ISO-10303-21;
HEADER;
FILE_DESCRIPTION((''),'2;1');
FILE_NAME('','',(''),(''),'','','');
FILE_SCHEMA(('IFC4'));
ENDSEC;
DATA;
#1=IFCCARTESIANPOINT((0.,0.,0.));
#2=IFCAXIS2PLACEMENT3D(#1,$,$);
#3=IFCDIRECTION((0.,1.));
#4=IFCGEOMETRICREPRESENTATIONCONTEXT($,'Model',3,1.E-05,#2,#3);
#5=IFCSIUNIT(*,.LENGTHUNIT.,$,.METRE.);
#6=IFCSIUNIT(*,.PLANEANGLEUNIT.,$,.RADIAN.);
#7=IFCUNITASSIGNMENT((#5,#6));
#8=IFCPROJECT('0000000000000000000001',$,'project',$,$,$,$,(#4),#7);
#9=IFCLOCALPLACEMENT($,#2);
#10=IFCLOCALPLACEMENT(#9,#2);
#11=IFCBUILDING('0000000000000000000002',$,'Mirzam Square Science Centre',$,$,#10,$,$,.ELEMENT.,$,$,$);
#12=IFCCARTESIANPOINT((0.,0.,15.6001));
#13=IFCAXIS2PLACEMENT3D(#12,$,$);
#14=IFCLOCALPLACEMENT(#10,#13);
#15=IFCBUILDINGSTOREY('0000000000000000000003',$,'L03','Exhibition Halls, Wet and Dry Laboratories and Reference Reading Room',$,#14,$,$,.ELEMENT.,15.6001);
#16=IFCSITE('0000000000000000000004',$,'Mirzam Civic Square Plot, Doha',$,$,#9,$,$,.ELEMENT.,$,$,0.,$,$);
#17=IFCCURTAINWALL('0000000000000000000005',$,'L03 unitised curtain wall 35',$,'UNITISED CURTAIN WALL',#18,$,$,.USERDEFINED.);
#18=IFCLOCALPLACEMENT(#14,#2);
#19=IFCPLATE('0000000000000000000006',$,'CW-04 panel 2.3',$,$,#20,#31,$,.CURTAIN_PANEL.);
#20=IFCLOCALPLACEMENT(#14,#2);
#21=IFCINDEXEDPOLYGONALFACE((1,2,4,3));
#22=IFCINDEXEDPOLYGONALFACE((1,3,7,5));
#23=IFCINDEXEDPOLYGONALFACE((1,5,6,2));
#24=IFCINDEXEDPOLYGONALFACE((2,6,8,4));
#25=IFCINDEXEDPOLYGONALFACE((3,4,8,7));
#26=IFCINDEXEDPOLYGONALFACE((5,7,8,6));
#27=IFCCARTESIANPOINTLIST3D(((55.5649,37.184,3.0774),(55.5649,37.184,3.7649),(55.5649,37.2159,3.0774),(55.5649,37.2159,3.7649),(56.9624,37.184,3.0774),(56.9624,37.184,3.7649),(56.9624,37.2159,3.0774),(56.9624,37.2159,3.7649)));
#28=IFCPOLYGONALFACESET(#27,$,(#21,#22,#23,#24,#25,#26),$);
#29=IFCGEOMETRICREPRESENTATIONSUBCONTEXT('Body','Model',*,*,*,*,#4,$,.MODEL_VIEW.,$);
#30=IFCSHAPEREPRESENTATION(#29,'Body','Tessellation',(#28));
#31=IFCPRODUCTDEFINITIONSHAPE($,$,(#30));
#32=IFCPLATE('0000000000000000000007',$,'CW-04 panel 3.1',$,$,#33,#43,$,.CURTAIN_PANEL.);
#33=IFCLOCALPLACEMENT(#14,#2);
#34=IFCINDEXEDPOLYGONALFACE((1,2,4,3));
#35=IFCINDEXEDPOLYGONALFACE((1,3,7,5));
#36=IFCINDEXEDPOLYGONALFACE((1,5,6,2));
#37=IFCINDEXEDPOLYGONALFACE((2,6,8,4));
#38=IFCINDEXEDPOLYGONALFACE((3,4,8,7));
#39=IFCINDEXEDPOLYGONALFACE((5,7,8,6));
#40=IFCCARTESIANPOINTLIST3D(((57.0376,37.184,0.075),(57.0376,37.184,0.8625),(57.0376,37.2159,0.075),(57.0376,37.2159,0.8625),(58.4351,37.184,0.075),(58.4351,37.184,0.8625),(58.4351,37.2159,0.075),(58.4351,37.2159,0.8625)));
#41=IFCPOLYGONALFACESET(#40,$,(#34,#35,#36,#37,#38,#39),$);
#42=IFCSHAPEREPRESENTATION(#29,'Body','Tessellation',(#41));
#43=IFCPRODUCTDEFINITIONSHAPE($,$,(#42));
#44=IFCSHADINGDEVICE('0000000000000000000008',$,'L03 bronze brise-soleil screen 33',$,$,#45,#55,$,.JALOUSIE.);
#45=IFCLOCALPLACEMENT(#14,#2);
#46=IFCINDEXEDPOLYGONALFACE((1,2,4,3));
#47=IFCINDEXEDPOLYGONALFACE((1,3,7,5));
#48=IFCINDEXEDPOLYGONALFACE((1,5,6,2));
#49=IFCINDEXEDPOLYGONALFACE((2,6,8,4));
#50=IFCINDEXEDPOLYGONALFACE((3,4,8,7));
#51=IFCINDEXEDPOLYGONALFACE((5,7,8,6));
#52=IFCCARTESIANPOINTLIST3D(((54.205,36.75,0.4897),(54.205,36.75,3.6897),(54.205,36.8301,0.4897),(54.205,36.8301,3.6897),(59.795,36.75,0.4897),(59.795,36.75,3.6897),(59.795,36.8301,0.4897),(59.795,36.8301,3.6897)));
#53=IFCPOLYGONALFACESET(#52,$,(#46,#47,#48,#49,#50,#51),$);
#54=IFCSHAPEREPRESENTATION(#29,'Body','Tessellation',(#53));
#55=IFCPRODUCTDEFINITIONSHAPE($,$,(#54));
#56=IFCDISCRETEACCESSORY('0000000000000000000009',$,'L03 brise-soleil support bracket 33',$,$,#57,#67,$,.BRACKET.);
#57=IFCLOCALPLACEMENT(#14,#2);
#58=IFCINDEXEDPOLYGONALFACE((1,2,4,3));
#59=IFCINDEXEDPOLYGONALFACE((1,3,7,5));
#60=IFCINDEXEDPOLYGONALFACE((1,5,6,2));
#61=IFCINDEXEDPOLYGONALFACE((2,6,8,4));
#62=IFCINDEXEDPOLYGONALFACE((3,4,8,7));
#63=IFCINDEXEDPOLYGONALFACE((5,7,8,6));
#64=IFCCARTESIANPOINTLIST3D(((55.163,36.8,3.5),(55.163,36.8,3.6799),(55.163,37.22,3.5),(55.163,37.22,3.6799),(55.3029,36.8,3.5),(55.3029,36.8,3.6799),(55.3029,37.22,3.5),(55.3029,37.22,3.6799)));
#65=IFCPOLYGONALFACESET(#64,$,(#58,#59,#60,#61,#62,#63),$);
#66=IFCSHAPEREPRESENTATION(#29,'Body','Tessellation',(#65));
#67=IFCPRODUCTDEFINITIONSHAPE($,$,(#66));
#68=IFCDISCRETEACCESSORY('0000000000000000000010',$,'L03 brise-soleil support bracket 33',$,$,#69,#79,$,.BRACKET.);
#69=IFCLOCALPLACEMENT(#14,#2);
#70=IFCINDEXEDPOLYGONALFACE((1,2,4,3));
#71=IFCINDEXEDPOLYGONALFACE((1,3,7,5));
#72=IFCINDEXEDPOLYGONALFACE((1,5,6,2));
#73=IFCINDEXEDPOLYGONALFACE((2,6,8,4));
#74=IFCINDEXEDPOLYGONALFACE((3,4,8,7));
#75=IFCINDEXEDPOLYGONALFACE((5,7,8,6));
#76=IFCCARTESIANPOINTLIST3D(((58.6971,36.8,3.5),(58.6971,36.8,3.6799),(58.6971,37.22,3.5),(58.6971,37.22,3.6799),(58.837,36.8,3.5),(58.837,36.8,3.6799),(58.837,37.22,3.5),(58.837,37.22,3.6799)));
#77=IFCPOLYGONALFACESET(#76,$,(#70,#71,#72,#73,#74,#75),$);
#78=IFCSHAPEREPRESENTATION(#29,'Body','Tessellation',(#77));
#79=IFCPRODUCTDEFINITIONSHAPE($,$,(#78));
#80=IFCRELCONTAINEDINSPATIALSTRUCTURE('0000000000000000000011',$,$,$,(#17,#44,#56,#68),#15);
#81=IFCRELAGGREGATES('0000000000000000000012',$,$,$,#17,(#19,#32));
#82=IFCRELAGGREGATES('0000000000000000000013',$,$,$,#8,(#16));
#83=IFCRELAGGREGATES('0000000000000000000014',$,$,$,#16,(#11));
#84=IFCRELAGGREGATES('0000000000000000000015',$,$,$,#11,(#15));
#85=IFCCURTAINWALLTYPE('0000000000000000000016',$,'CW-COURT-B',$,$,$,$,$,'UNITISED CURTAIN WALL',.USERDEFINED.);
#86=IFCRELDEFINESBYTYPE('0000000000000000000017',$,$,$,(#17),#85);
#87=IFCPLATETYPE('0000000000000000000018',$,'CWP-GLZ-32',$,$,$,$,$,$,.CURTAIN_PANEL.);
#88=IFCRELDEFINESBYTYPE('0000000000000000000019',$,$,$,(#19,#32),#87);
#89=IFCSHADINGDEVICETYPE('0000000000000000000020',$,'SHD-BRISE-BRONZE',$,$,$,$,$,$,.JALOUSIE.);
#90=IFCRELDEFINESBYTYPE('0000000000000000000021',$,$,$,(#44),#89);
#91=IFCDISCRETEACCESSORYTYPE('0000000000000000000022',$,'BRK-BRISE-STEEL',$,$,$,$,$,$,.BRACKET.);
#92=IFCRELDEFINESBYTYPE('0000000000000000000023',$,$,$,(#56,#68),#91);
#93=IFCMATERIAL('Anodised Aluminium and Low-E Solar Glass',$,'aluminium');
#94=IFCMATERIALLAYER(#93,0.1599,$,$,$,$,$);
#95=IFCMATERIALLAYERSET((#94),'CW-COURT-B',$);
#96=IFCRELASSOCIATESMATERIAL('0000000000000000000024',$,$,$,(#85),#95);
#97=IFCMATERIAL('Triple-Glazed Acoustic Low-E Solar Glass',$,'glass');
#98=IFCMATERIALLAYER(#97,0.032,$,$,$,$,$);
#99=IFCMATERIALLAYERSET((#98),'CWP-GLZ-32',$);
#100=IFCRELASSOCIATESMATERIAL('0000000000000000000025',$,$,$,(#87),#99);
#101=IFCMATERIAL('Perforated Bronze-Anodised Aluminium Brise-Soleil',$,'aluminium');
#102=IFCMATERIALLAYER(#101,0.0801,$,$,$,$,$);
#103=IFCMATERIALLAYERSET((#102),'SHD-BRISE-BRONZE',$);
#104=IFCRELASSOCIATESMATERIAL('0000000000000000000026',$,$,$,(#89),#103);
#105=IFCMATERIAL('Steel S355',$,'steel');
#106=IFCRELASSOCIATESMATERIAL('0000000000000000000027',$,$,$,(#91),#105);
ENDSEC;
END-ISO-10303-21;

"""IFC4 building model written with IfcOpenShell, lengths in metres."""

from ifc_helpers import new_model, si_unit, direction, frame, origin, origin_2d, place, context, subcontext, project, spatial, rectangle, extrude, material, layer, layer_set, type_object, element, aggregate, save


model = new_model("IFC4")

# Units and contexts
model_context = context("Model", 3, precision=1e-05, world=origin(), true_north=direction((0.0, 1.0)))
body_context = subcontext(model_context, "Body", "Model", "MODEL_VIEW")
ifc_project = project(units=[si_unit("LENGTHUNIT", "METRE"), si_unit("PLANEANGLEUNIT", "RADIAN")], contexts=[model_context])

# Site, building, storey
site_placement = place(None, origin())
site = spatial("IfcSite", under=ifc_project, at=site_placement, Name="Mirzam Civic Square Plot, Doha", CompositionType="ELEMENT", RefElevation=0.0)
building_placement = place(site_placement, origin())
building = spatial("IfcBuilding", under=site, at=building_placement, Name="Mirzam Square Science Centre", CompositionType="ELEMENT")
storey_placement = place(building_placement, frame((0.0, 0.0, 15.6001)))
storey = spatial("IfcBuildingStorey", under=building, at=storey_placement, Name="L03", Description="Exhibition Halls, Wet and Dry Laboratories and Reference Reading Room", CompositionType="ELEMENT", Elevation=15.6001)

# Shared definitions
ifc_material_1 = material(Name="Steel S355", Category="steel")

# Curtain wall
ifc_material_2 = material(Name="Anodised Aluminium and Low-E Solar Glass", Category="aluminium")
ifc_layer_1 = layer(ifc_material_2, 0.1599)
ifc_layer_set_1 = layer_set([ifc_layer_1], Name="CW-COURT-B")
curtain_wall_type = type_object("IfcCurtainWallType", Name="CW-COURT-B", ElementType="UNITISED CURTAIN WALL", PredefinedType="USERDEFINED", material=ifc_layer_set_1)
curtain_wall_placement = place(storey_placement, origin())
curtain_wall = element("IfcCurtainWall", 1, at=curtain_wall_placement, inside=storey, type_object=curtain_wall_type, Name="L03 unitised curtain wall 35", ObjectType="UNITISED CURTAIN WALL", PredefinedType="USERDEFINED")

# Plates
ifc_material_3 = material(Name="Triple-Glazed Acoustic Low-E Solar Glass", Category="glass")
ifc_layer_2 = layer(ifc_material_3, 0.032)
ifc_layer_set_2 = layer_set([ifc_layer_2], Name="CWP-GLZ-32")
plate_type = type_object("IfcPlateType", Name="CWP-GLZ-32", PredefinedType="CURTAIN_PANEL", material=ifc_layer_set_2)
plate_1_placement = place(storey_placement, frame((56.2637, 37.2, 3.0774), z_axis=(0.0, 0.0, 1.0), x_axis=(1.0, 0.0, 0.0)))
plate_1 = element("IfcPlate", 2, at=plate_1_placement, type_object=plate_type, Name="CW-04 panel 2.3", PredefinedType="CURTAIN_PANEL", context=body_context, shape_type="SweptSolid", body=[
    extrude(rectangle(XDim=1.3975, YDim=0.032, at=origin_2d()), origin(), (0.0, 0.0, 1.0), 0.6875),
])
plate_2_placement = place(storey_placement, frame((57.7363, 37.2, 0.075), z_axis=(0.0, 0.0, 1.0), x_axis=(1.0, 0.0, 0.0)))
plate_2 = element("IfcPlate", 3, at=plate_2_placement, type_object=plate_type, Name="CW-04 panel 3.1", PredefinedType="CURTAIN_PANEL", context=body_context, shape_type="SweptSolid", body=[
    extrude(rectangle(XDim=1.3975, YDim=0.032, at=origin_2d()), origin(), (0.0, 0.0, 1.0), 0.7876),
])
aggregate(curtain_wall, [plate_1, plate_2])

# Shading device
ifc_material_4 = material(Name="Perforated Bronze-Anodised Aluminium Brise-Soleil", Category="aluminium")
ifc_layer_3 = layer(ifc_material_4, 0.0801)
ifc_layer_set_3 = layer_set([ifc_layer_3], Name="SHD-BRISE-BRONZE")
shading_device_type = type_object("IfcShadingDeviceType", Name="SHD-BRISE-BRONZE", PredefinedType="JALOUSIE", material=ifc_layer_set_3)
shading_device_placement = place(storey_placement, frame((57.0, 36.79, 0.4897), z_axis=(0.0, 0.0, 1.0), x_axis=(1.0, 0.0, 0.0)))
element("IfcShadingDevice", 4, at=shading_device_placement, inside=storey, type_object=shading_device_type, Name="L03 bronze brise-soleil screen 33", PredefinedType="JALOUSIE", context=body_context, shape_type="SweptSolid", body=[
    extrude(rectangle(XDim=5.5901, YDim=0.0801, at=origin_2d()), origin(), (0.0, 0.0, 1.0), 3.2),
])

# Discrete accessories
discrete_accessory_type = type_object("IfcDiscreteAccessoryType", Name="BRK-BRISE-STEEL", PredefinedType="BRACKET", material=ifc_material_1)
for number, where, z_axis, x_axis, name in (
    (5, (55.2329, 37.01, 3.5), (0.0, 0.0, 1.0), (1.0, 0.0, 0.0), "L03 brise-soleil support bracket 33"),
    (6, (58.7671, 37.01, 3.5), (0.0, 0.0, 1.0), (1.0, 0.0, 0.0), "L03 brise-soleil support bracket 33"),
):
    element("IfcDiscreteAccessory", number, at=place(storey_placement, frame(where, z_axis=z_axis, x_axis=x_axis)), inside=storey, type_object=discrete_accessory_type, Name=name, PredefinedType="BRACKET", context=body_context, shape_type="SweptSolid", body=[
        extrude(rectangle(XDim=0.1399, YDim=0.4199, at=origin_2d()), origin(), (0.0, 0.0, 1.0), 0.1799),
    ])

save(model, "model.ifc")
